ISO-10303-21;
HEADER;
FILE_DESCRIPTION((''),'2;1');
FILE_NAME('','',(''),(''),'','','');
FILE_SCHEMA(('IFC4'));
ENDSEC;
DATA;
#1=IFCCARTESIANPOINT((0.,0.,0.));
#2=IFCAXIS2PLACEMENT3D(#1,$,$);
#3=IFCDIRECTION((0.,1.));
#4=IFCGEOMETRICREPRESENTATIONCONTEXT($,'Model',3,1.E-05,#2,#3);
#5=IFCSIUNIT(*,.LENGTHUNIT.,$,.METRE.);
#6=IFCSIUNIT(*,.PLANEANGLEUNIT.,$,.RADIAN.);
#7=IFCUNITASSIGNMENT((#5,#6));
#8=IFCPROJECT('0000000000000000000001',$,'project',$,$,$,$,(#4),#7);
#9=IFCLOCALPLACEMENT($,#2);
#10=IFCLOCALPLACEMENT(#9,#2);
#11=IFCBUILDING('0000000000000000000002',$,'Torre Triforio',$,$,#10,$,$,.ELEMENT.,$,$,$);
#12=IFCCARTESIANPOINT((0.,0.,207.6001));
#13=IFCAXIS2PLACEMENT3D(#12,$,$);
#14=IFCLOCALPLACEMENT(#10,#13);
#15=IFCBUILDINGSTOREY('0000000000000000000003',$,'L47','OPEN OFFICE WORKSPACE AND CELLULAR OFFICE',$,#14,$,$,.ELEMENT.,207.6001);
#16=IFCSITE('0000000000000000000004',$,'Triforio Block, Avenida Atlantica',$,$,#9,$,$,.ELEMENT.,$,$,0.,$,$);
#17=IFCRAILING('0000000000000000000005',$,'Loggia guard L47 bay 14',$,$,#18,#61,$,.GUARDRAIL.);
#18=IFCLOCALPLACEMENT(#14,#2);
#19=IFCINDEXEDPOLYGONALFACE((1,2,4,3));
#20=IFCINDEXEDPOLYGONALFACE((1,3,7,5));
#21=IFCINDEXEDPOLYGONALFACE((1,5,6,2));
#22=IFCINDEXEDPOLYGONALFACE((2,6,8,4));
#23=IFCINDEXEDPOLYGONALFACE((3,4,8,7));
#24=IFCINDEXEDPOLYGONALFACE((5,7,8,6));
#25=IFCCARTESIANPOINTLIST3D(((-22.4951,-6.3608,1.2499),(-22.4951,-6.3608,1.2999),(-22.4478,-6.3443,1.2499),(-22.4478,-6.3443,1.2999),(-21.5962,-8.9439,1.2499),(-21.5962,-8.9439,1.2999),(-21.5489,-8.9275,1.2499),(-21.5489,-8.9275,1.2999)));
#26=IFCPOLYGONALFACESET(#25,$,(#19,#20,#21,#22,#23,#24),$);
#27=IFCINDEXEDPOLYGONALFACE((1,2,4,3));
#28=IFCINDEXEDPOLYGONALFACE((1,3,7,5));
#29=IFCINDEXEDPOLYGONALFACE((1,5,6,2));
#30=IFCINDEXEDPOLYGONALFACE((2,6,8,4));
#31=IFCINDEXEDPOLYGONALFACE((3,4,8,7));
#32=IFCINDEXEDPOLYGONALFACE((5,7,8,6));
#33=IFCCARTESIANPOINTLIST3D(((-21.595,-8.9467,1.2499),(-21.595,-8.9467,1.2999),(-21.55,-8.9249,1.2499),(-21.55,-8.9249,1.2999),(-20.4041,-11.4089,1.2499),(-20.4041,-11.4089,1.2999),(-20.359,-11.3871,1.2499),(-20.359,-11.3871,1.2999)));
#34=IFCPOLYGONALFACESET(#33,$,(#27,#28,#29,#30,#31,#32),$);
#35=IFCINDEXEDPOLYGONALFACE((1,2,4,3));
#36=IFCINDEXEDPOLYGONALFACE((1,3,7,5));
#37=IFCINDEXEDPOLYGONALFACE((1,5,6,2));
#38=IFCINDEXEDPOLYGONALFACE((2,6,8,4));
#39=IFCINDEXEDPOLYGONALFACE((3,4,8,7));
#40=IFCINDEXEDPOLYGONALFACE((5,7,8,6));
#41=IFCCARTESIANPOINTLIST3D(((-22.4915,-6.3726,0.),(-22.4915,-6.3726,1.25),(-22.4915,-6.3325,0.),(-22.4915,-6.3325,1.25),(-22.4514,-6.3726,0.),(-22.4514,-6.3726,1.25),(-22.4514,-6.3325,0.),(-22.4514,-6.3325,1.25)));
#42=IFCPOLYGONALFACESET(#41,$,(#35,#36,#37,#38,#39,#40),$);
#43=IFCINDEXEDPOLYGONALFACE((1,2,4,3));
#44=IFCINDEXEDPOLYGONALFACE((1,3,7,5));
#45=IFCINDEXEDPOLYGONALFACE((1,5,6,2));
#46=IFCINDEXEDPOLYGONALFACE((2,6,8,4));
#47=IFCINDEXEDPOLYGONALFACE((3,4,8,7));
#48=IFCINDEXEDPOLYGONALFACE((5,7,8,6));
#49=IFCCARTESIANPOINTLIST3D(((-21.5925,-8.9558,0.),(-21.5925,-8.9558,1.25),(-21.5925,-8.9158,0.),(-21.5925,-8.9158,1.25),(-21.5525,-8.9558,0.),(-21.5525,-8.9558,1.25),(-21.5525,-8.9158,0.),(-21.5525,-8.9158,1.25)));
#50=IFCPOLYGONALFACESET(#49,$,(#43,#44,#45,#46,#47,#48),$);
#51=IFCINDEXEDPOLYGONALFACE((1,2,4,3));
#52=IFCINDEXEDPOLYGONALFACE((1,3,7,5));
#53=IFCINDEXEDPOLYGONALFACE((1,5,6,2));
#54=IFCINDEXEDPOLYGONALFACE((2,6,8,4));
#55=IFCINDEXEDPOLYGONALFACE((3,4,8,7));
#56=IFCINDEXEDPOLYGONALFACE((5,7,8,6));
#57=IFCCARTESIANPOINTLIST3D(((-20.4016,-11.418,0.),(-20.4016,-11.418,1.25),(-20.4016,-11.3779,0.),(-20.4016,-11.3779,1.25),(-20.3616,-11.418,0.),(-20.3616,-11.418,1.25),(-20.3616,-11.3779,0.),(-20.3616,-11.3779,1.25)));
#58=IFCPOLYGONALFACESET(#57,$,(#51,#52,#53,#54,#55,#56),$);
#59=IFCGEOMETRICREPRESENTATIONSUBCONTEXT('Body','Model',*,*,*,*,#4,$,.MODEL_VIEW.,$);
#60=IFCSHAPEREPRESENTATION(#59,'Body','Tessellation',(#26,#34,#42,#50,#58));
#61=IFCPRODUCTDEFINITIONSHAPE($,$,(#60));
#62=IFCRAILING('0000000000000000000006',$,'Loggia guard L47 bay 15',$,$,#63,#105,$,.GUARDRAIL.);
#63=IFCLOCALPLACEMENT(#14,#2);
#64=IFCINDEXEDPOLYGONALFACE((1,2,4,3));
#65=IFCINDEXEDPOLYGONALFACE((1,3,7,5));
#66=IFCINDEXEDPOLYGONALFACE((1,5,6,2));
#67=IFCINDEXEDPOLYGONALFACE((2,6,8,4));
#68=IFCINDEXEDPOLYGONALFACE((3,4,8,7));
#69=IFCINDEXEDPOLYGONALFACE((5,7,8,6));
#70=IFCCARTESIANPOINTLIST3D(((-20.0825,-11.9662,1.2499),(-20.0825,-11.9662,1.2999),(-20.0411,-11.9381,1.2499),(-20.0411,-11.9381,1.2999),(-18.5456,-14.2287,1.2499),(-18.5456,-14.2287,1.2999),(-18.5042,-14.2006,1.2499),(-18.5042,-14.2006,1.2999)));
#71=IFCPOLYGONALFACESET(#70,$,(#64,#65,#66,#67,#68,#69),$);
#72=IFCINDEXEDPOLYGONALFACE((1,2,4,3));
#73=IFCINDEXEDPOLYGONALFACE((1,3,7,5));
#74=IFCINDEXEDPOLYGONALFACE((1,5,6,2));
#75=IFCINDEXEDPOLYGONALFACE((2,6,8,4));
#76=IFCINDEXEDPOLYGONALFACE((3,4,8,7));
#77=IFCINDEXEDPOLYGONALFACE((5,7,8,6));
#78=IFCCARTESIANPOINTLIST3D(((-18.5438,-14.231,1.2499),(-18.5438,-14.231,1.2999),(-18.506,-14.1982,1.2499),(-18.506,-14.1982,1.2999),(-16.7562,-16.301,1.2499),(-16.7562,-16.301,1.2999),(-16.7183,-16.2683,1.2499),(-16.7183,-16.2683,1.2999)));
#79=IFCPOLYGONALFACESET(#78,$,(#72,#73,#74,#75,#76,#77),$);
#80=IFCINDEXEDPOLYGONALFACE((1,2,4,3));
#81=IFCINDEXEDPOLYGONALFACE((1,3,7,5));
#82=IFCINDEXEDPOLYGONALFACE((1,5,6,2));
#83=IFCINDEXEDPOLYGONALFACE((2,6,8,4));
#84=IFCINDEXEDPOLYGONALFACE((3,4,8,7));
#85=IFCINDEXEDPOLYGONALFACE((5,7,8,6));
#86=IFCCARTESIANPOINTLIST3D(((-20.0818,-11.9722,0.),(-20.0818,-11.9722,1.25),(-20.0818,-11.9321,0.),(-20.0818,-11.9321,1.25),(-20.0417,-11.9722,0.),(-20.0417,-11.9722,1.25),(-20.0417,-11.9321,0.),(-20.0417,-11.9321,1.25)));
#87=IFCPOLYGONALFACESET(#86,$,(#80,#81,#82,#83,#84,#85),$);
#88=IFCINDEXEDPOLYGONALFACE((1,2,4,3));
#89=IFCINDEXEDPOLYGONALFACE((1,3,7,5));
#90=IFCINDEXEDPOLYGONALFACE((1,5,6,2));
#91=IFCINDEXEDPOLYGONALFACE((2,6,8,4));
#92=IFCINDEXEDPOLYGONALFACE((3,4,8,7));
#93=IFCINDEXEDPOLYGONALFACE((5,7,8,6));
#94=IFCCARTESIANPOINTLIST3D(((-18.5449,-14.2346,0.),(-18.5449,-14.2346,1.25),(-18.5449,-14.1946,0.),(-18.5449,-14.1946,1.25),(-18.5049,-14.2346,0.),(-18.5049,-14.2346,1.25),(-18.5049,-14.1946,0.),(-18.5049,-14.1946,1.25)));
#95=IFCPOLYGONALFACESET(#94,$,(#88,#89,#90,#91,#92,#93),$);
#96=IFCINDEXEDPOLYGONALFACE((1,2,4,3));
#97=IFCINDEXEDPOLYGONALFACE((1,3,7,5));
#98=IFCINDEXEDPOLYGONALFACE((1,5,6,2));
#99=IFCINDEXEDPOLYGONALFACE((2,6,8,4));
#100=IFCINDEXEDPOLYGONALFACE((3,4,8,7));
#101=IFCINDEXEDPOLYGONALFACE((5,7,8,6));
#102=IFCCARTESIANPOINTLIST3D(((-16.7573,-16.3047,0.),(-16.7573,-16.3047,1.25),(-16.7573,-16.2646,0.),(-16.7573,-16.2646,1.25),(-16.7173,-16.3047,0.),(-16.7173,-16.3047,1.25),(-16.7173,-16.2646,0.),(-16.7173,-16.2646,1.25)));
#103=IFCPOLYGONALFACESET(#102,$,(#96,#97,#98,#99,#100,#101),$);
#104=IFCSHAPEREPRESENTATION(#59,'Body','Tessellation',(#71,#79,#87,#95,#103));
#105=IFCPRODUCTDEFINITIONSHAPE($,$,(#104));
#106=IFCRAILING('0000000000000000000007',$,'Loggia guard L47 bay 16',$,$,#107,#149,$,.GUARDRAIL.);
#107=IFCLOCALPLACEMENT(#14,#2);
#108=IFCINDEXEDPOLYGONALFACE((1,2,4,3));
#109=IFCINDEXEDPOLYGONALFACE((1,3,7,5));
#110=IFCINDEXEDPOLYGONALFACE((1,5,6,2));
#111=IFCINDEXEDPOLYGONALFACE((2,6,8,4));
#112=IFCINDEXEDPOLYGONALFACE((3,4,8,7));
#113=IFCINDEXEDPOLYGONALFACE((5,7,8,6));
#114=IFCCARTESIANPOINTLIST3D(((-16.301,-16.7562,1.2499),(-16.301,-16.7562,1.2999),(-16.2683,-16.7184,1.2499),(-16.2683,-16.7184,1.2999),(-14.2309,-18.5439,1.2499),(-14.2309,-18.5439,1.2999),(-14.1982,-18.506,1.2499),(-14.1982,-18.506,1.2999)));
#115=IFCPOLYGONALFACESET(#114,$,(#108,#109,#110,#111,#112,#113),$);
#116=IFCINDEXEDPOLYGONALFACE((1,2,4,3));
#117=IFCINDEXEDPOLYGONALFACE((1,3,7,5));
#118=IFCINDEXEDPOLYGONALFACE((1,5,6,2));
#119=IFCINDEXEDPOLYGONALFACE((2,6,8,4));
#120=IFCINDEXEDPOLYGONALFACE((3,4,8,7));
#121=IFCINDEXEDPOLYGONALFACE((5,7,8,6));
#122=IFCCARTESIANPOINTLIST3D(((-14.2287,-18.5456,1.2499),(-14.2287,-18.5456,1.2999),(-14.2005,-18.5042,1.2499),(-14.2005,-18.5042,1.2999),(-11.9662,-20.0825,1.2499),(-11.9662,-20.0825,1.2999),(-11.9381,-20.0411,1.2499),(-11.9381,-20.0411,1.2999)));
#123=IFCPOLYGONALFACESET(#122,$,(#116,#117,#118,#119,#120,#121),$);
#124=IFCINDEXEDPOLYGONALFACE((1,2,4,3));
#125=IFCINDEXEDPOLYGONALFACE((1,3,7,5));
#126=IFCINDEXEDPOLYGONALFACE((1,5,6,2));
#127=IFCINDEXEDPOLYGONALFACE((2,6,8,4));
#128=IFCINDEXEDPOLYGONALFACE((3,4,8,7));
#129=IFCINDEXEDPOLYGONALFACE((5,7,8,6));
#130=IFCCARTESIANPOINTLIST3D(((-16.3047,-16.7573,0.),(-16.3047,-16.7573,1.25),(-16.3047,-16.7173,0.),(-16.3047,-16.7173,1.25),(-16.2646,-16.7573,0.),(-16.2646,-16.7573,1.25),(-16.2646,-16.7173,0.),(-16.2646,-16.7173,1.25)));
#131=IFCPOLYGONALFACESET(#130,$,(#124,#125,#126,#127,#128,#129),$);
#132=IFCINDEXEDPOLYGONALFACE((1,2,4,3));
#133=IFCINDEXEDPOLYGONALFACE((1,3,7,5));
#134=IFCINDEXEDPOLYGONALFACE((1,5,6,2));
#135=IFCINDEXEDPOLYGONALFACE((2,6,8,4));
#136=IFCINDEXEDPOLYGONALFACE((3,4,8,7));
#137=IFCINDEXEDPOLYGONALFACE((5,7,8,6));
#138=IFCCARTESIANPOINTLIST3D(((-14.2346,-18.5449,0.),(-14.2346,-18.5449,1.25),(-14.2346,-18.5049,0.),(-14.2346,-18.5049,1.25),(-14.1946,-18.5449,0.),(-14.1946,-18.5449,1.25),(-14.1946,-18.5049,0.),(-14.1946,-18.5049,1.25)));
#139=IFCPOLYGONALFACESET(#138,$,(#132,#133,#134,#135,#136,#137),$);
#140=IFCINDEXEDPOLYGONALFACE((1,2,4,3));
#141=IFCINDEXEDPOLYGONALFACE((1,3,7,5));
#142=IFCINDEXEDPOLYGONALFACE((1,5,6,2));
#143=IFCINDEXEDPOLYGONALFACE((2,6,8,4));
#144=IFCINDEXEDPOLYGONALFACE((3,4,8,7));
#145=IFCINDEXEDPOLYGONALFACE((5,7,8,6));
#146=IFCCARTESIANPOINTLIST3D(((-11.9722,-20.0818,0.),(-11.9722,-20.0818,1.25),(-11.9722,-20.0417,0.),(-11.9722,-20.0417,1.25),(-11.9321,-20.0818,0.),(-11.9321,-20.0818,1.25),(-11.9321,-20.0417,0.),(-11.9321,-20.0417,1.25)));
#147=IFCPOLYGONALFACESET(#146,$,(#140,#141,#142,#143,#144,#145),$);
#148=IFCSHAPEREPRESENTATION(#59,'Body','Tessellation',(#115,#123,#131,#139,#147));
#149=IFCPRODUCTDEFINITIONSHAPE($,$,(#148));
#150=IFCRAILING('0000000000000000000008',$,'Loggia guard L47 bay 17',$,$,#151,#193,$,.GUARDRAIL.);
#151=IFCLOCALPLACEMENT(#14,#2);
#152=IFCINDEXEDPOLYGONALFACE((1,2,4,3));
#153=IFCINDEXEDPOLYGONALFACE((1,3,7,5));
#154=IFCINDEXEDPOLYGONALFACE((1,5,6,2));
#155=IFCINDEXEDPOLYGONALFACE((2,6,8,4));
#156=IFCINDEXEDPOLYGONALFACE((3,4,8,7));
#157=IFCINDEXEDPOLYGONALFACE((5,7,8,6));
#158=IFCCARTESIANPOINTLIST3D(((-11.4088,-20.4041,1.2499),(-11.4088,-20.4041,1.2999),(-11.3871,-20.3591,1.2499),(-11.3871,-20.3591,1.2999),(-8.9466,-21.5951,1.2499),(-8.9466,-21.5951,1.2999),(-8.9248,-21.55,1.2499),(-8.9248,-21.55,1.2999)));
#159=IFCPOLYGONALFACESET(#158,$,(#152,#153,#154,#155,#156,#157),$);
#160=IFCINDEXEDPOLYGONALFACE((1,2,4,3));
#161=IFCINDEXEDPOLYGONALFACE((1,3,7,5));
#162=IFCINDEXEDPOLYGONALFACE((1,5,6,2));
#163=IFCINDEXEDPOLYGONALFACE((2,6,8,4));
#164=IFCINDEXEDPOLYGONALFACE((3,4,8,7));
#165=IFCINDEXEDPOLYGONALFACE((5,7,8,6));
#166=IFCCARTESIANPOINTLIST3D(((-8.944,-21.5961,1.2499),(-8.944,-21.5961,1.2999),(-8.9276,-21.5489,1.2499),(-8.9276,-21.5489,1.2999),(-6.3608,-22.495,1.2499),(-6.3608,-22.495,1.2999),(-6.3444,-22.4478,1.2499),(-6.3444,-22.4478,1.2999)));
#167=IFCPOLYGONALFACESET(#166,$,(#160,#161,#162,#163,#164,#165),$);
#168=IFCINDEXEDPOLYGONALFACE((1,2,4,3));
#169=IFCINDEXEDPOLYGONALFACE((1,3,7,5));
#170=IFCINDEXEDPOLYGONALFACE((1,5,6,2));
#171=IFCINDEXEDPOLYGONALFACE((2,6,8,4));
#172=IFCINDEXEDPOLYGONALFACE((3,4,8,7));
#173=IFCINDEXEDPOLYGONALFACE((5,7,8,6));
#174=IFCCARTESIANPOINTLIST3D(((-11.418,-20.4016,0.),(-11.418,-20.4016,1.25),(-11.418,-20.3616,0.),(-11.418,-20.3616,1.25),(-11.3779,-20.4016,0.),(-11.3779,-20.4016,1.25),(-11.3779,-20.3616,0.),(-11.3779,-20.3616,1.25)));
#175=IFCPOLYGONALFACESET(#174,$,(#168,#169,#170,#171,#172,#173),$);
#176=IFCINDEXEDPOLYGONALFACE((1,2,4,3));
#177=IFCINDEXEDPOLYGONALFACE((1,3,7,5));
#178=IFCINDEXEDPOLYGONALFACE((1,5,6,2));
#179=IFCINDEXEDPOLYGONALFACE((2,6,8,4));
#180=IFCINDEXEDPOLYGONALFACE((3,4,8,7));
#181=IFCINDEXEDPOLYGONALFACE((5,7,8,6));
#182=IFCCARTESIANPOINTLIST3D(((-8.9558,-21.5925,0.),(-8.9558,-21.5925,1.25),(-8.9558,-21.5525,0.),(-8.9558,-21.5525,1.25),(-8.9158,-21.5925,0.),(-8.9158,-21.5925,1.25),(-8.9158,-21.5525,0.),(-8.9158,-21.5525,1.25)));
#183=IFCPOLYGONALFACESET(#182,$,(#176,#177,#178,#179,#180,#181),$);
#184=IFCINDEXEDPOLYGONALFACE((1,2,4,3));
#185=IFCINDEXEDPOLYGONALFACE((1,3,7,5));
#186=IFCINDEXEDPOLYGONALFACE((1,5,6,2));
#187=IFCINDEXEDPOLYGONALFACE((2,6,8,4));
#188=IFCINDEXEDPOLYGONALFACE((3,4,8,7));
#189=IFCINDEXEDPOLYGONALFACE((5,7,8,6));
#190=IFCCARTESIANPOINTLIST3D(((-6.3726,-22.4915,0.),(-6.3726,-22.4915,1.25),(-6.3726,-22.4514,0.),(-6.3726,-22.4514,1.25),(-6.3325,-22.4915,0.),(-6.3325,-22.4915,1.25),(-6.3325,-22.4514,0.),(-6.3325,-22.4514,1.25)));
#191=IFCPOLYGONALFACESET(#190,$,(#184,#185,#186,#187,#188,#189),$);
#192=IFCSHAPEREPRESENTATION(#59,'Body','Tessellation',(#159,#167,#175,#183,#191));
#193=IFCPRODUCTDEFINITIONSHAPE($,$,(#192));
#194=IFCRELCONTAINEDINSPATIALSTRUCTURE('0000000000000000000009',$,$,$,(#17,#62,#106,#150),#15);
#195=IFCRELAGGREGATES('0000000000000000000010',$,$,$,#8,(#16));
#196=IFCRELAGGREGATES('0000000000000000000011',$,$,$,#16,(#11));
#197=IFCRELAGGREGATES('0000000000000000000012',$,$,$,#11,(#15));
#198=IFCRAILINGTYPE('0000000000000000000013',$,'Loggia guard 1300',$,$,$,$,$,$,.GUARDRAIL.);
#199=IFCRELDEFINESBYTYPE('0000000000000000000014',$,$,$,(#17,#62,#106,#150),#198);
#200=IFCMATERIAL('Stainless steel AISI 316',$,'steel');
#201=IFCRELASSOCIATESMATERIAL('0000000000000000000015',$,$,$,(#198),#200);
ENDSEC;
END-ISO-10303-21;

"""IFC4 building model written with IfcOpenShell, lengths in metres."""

from ifc_helpers import new_model, si_unit, direction, frame, origin, origin_2d, place, context, subcontext, project, spatial, rectangle, extrude, material, type_object, element, save


model = new_model("IFC4")

# Units and contexts
model_context = context("Model", 3, precision=1e-05, world=origin(), true_north=direction((0.0, 1.0)))
body_context = subcontext(model_context, "Body", "Model", "MODEL_VIEW")
ifc_project = project(units=[si_unit("LENGTHUNIT", "METRE"), si_unit("PLANEANGLEUNIT", "RADIAN")], contexts=[model_context])

# Site, building, storey
site_placement = place(None, origin())
site = spatial("IfcSite", under=ifc_project, at=site_placement, Name="Triforio Block, Avenida Atlantica", CompositionType="ELEMENT", RefElevation=0.0)
building_placement = place(site_placement, origin())
building = spatial("IfcBuilding", under=site, at=building_placement, Name="Torre Triforio", CompositionType="ELEMENT")
storey_placement = place(building_placement, frame((0.0, 0.0, 207.6001)))
storey = spatial("IfcBuildingStorey", under=building, at=storey_placement, Name="L47", Description="OPEN OFFICE WORKSPACE AND CELLULAR OFFICE", CompositionType="ELEMENT", Elevation=207.6001)

# Railings
ifc_material_1 = material(Name="Stainless steel AISI 316", Category="steel")
railing_type = type_object("IfcRailingType", Name="Loggia guard 1300", PredefinedType="GUARDRAIL", material=ifc_material_1)
railing_1_placement = place(storey_placement, frame((-22.4714, -6.3525, 0.0)))
element("IfcRailing", 1, at=railing_1_placement, inside=storey, type_object=railing_type, Name="Loggia guard L47 bay 14", PredefinedType="GUARDRAIL", context=body_context, shape_type="SweptSolid", body=[
    extrude(rectangle(XDim=0.05, YDim=0.05, at=origin_2d()), frame((0.0, 0.0, 1.2749), z_axis=(0.328652, -0.944451, 0.0), x_axis=(0.944451, 0.328652, 0.0)), (0.0, 0.0, 1.0), 2.7351),
    extrude(rectangle(XDim=0.05, YDim=0.05, at=origin_2d()), frame((0.8989, -2.5833, 1.2749), z_axis=(0.435428, -0.900224, 0.0), x_axis=(0.900224, 0.435428, 0.0)), (0.0, 0.0, 1.0), 2.7351),
    extrude(rectangle(XDim=0.04, YDim=0.04, at=origin_2d()), origin(), (0.0, 0.0, 1.0), 1.25),
    extrude(rectangle(XDim=0.04, YDim=0.04, at=origin_2d()), frame((0.8989, -2.5833, 0.0)), (0.0, 0.0, 1.0), 1.25),
    extrude(rectangle(XDim=0.04, YDim=0.04, at=origin_2d()), frame((2.0898, -5.0454, 0.0)), (0.0, 0.0, 1.0), 1.25),
])
railing_2_placement = place(storey_placement, frame((-20.0618, -11.9521, 0.0)))
element("IfcRailing", 2, at=railing_2_placement, inside=storey, type_object=railing_type, Name="Loggia guard L47 bay 15", PredefinedType="GUARDRAIL", context=body_context, shape_type="SweptSolid", body=[
    extrude(rectangle(XDim=0.05, YDim=0.05, at=origin_2d()), frame((0.0, 0.0, 1.2749), z_axis=(0.56191, -0.827199, 0.0), x_axis=(0.827199, 0.56191, 0.0)), (0.0, 0.0, 1.0), 2.7351),
    extrude(rectangle(XDim=0.05, YDim=0.05, at=origin_2d()), frame((1.5369, -2.2625, 1.2749), z_axis=(0.65358, -0.756857, 0.0), x_axis=(0.756857, 0.65358, 0.0)), (0.0, 0.0, 1.0), 2.7351),
    extrude(rectangle(XDim=0.04, YDim=0.04, at=origin_2d()), origin(), (0.0, 0.0, 1.0), 1.25),
    extrude(rectangle(XDim=0.04, YDim=0.04, at=origin_2d()), frame((1.5369, -2.2625, 0.0)), (0.0, 0.0, 1.0), 1.25),
    extrude(rectangle(XDim=0.04, YDim=0.04, at=origin_2d()), frame((3.3245, -4.3325, 0.0)), (0.0, 0.0, 1.0), 1.25),
])
railing_3_placement = place(storey_placement, frame((-16.2847, -16.7373, 0.0)))
element("IfcRailing", 3, at=railing_3_placement, inside=storey, type_object=railing_type, Name="Loggia guard L47 bay 16", PredefinedType="GUARDRAIL", context=body_context, shape_type="SweptSolid", body=[
    extrude(rectangle(XDim=0.05, YDim=0.05, at=origin_2d()), frame((0.0, 0.0, 1.2749), z_axis=(0.756857, -0.65358, 0.0), x_axis=(0.65358, 0.756857, 0.0)), (0.0, 0.0, 1.0), 2.7351),
    extrude(rectangle(XDim=0.05, YDim=0.05, at=origin_2d()), frame((2.0701, -1.7876, 1.2749), z_axis=(0.827199, -0.56191, 0.0), x_axis=(0.56191, 0.827199, 0.0)), (0.0, 0.0, 1.0), 2.7351),
    extrude(rectangle(XDim=0.04, YDim=0.04, at=origin_2d()), origin(), (0.0, 0.0, 1.0), 1.25),
    extrude(rectangle(XDim=0.04, YDim=0.04, at=origin_2d()), frame((2.0701, -1.7876, 0.0)), (0.0, 0.0, 1.0), 1.25),
    extrude(rectangle(XDim=0.04, YDim=0.04, at=origin_2d()), frame((4.3325, -3.3245, 0.0)), (0.0, 0.0, 1.0), 1.25),
])
railing_4_placement = place(storey_placement, frame((-11.3979, -20.3816, 0.0)))
element("IfcRailing", 4, at=railing_4_placement, inside=storey, type_object=railing_type, Name="Loggia guard L47 bay 17", PredefinedType="GUARDRAIL", context=body_context, shape_type="SweptSolid", body=[
    extrude(rectangle(XDim=0.05, YDim=0.05, at=origin_2d()), frame((0.0, 0.0, 1.2749), z_axis=(0.900224, -0.435428, 0.0), x_axis=(0.435428, 0.900224, 0.0)), (0.0, 0.0, 1.0), 2.7351),
    extrude(rectangle(XDim=0.05, YDim=0.05, at=origin_2d()), frame((2.4622, -1.1909, 1.2749), z_axis=(0.944451, -0.328652, 0.0), x_axis=(0.328652, 0.944451, 0.0)), (0.0, 0.0, 1.0), 2.7351),
    extrude(rectangle(XDim=0.04, YDim=0.04, at=origin_2d()), origin(), (0.0, 0.0, 1.0), 1.25),
    extrude(rectangle(XDim=0.04, YDim=0.04, at=origin_2d()), frame((2.4622, -1.1909, 0.0)), (0.0, 0.0, 1.0), 1.25),
    extrude(rectangle(XDim=0.04, YDim=0.04, at=origin_2d()), frame((5.0454, -2.0898, 0.0)), (0.0, 0.0, 1.0), 1.25),
])

save(model, "model.ifc")
